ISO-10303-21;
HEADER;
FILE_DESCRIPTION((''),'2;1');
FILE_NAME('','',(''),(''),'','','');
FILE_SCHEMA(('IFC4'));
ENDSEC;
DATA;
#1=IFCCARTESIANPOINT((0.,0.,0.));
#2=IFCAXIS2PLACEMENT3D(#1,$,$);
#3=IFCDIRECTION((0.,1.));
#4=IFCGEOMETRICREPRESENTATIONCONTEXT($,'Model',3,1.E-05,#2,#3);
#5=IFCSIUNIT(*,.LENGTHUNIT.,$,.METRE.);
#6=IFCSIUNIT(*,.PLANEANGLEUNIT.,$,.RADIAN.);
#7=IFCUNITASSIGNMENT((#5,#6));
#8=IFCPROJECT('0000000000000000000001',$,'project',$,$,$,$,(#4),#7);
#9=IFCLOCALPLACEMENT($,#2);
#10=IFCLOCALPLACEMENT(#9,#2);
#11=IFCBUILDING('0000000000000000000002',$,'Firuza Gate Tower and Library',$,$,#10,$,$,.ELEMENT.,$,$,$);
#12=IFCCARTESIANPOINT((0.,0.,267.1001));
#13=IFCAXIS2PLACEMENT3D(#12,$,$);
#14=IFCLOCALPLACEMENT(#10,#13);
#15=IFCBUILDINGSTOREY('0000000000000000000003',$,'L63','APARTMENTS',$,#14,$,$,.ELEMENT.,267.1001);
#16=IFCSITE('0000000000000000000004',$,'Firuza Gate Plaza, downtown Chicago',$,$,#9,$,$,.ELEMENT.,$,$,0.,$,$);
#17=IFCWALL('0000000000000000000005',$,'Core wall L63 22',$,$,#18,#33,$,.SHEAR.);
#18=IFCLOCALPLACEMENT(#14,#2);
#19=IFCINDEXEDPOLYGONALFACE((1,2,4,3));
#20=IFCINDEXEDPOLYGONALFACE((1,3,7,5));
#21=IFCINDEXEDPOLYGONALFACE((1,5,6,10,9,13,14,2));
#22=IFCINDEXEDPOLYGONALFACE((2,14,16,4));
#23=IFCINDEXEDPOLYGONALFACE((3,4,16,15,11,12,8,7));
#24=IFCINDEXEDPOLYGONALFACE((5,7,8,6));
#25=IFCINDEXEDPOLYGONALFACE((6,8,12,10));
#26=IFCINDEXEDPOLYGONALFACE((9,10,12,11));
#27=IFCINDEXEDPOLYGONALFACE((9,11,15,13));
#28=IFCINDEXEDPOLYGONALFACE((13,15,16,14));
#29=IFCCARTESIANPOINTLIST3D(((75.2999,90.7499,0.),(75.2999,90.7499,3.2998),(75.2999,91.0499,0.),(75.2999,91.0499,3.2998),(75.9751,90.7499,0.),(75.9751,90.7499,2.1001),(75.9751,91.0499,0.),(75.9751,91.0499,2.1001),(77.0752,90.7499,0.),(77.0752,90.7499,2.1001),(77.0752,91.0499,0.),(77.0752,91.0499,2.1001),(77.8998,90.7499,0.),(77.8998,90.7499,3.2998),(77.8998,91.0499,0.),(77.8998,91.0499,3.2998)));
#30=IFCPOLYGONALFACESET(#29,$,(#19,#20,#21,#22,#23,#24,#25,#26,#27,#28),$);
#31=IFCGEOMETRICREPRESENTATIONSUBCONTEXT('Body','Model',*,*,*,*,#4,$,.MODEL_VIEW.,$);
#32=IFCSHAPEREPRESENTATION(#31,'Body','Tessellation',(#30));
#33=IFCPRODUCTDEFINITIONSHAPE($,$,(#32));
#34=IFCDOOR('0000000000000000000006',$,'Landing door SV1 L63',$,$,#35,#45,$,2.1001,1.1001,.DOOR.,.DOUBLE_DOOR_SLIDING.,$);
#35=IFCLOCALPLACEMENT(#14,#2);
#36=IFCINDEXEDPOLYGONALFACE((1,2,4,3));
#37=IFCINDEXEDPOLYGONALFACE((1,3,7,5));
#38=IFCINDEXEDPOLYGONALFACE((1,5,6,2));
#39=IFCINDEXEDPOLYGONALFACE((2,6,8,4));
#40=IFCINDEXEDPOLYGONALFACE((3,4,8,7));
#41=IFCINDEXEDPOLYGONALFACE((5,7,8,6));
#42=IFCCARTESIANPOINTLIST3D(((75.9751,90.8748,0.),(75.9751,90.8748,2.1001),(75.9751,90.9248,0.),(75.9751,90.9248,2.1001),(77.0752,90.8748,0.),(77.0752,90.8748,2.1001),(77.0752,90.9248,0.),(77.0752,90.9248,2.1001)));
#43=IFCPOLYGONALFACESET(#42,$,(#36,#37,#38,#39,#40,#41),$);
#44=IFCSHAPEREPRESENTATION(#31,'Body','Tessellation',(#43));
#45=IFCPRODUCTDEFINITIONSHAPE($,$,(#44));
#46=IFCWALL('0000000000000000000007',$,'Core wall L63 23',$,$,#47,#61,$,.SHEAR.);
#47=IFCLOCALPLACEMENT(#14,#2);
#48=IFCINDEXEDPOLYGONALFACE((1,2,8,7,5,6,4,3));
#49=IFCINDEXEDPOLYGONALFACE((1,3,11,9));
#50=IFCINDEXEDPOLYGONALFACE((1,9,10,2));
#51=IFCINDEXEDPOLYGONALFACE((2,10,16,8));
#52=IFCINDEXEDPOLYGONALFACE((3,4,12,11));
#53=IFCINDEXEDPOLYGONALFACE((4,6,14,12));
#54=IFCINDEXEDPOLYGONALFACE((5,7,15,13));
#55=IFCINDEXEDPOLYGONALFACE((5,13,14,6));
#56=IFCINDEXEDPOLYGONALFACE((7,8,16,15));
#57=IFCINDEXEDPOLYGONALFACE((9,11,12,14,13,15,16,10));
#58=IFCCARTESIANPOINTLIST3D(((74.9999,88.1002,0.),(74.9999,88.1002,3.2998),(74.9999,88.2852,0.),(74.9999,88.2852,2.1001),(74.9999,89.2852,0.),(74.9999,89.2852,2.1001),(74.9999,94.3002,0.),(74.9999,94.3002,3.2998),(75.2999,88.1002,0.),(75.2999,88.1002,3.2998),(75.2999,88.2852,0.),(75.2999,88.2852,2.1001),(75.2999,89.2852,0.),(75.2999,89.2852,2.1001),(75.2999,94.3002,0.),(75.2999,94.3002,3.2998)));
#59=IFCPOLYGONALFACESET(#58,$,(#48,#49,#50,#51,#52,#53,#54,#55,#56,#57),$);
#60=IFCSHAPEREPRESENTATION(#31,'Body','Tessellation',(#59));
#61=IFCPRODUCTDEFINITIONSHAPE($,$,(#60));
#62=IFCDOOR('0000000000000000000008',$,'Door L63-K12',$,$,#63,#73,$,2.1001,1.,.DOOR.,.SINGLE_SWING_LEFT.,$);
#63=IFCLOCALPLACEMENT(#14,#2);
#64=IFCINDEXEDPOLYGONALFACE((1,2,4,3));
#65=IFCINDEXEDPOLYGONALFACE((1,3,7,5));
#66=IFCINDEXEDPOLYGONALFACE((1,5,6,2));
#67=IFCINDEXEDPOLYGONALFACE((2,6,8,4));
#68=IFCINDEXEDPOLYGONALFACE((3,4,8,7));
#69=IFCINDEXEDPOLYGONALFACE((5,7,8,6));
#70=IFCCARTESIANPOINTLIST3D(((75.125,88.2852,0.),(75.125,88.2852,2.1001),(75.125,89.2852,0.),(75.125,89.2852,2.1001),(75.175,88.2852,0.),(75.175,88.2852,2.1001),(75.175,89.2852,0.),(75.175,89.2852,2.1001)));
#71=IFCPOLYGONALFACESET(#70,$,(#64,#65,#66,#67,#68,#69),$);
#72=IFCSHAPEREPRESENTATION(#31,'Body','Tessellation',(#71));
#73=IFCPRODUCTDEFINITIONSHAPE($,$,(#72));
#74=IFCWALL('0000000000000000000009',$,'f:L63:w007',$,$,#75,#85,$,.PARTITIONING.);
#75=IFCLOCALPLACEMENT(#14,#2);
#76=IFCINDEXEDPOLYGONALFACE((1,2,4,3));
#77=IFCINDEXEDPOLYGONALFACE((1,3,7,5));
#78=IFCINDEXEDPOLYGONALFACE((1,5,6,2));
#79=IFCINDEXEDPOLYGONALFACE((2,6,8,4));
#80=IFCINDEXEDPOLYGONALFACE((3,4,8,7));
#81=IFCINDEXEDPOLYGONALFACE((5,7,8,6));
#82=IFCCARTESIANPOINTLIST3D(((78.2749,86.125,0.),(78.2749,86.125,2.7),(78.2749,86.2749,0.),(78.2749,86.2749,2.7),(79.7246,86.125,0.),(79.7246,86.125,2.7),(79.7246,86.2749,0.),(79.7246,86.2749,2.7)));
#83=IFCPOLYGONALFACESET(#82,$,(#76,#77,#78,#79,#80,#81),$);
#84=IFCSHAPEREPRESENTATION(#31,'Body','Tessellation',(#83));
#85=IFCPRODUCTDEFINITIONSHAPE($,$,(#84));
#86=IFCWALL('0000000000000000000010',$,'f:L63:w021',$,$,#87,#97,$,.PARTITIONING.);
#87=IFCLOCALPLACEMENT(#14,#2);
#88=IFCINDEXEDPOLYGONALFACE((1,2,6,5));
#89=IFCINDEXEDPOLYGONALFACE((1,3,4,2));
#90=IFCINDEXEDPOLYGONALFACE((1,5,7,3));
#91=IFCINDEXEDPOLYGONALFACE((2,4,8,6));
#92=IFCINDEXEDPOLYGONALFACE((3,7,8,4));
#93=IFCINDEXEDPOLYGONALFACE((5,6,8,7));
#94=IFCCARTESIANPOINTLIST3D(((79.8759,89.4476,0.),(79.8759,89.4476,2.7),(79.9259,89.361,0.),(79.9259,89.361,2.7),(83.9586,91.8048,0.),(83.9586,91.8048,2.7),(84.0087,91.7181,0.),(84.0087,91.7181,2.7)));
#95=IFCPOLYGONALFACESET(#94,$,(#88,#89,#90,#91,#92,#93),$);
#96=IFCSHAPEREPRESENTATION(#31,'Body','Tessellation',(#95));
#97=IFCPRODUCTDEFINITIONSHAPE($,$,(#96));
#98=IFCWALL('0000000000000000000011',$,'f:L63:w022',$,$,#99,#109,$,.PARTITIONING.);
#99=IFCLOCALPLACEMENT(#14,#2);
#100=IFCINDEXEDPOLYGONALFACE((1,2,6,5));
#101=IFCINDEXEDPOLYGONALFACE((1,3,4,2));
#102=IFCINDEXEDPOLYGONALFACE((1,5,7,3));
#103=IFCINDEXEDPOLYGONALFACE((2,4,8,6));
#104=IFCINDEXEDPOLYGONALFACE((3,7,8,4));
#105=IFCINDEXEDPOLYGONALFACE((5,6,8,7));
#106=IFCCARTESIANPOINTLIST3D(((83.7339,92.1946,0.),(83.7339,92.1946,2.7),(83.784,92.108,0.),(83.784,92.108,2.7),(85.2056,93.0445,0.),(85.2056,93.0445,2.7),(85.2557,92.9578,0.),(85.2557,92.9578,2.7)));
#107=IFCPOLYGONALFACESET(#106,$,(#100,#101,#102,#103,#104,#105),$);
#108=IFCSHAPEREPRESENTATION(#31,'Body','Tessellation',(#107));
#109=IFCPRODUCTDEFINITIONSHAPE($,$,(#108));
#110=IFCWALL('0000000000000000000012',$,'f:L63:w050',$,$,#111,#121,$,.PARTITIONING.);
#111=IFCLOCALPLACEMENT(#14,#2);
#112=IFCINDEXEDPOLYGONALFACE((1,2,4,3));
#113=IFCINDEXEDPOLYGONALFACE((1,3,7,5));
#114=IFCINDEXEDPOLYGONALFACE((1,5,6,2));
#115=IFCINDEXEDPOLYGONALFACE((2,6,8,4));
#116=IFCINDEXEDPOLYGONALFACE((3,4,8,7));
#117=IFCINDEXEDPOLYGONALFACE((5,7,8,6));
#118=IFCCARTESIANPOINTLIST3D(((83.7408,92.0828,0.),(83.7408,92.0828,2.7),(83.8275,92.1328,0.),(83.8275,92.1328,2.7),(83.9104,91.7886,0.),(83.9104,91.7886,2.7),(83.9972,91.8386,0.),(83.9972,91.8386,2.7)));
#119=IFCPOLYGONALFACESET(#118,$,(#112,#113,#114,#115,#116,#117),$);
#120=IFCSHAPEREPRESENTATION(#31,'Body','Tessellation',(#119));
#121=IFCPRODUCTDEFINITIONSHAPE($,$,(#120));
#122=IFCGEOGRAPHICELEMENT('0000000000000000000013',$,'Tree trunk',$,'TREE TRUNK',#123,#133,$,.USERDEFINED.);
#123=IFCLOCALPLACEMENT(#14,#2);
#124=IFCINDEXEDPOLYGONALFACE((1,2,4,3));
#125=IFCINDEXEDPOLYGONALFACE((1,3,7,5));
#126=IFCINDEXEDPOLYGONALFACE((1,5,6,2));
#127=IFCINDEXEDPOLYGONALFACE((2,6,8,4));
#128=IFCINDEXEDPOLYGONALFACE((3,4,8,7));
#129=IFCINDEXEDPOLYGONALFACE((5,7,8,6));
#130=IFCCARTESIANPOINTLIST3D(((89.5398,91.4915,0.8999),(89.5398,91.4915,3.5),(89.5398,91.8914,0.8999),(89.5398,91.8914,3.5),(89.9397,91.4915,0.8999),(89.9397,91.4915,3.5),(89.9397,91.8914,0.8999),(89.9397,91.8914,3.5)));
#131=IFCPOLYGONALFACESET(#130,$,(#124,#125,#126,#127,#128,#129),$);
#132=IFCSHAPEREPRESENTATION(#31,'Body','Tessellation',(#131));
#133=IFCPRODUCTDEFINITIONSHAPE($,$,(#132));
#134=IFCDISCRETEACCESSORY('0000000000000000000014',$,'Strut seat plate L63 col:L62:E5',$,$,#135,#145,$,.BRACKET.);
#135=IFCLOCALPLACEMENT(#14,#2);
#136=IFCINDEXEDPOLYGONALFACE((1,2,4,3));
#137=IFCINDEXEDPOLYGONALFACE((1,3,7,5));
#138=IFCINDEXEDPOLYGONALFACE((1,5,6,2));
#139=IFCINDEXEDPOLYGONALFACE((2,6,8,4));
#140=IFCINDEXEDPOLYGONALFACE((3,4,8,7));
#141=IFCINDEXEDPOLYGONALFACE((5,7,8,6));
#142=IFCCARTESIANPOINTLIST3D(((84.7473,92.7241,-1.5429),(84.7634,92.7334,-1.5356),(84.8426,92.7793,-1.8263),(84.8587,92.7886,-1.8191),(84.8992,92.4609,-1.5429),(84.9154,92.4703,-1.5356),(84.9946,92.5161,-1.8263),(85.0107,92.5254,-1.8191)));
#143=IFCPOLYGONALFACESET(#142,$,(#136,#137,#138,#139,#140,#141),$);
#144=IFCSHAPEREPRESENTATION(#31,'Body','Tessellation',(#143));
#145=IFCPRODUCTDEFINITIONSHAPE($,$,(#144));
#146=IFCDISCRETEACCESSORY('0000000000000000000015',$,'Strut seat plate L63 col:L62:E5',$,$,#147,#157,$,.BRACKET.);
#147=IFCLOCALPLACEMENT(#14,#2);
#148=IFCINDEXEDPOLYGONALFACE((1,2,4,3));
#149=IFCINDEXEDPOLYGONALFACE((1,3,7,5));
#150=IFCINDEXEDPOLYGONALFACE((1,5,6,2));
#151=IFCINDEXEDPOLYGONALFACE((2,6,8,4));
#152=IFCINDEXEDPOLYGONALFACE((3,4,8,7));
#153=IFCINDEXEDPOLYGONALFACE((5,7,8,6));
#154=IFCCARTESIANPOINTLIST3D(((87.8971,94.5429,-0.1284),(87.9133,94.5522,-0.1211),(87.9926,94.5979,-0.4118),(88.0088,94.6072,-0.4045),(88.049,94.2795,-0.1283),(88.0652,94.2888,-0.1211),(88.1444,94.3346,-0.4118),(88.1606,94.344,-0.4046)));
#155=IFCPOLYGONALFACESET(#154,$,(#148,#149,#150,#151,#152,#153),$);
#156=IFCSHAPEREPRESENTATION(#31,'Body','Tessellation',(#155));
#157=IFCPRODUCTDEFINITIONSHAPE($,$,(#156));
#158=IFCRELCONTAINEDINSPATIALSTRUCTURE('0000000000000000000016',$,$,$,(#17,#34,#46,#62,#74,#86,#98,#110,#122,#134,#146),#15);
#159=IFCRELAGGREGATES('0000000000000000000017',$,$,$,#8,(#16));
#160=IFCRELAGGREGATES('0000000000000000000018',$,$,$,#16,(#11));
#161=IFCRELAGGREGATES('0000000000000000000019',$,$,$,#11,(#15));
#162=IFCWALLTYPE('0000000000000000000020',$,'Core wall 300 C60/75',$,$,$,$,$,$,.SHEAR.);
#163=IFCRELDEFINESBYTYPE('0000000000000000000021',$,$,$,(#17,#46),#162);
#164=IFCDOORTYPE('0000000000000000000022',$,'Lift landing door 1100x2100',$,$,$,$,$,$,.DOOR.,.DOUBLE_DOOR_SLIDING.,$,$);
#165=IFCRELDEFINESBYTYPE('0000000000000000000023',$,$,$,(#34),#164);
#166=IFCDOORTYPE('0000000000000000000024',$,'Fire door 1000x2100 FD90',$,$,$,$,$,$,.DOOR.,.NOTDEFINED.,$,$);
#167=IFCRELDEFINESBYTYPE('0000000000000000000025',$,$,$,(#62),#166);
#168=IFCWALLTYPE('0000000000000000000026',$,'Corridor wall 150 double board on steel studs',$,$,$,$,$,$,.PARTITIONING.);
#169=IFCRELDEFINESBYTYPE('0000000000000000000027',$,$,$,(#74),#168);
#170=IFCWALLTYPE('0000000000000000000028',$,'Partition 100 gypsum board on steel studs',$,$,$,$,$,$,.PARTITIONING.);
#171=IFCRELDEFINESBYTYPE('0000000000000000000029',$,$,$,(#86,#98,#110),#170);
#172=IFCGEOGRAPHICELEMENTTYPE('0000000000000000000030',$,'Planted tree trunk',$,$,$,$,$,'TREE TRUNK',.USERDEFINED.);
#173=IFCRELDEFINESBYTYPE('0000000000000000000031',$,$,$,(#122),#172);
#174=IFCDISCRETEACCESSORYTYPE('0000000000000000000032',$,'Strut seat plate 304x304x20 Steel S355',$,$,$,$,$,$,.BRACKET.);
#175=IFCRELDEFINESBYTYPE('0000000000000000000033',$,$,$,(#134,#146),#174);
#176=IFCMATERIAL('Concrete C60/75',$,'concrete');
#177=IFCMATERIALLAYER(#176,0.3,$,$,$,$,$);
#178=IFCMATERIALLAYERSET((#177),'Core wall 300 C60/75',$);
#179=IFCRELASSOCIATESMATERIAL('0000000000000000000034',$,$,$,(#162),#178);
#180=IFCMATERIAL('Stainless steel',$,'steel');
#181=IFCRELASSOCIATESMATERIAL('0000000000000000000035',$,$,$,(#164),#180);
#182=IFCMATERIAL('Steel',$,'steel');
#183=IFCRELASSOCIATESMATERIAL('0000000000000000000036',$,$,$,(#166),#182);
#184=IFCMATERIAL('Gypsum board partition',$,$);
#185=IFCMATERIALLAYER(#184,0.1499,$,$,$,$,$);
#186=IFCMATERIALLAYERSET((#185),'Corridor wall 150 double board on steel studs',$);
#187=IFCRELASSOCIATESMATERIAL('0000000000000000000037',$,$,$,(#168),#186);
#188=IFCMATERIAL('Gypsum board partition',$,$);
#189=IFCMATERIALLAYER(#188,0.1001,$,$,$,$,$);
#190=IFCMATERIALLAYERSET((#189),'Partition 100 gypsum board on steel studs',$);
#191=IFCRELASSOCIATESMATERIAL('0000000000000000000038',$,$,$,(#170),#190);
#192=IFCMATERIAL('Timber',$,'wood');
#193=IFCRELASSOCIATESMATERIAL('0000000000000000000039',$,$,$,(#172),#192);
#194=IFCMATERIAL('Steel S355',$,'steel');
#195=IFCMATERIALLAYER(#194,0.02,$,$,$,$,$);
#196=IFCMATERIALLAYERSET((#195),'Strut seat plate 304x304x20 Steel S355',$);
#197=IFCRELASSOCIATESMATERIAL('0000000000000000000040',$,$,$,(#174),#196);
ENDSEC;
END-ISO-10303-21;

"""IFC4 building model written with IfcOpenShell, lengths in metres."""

from ifc_helpers import new_model, si_unit, direction, frame, frame_2d, origin, origin_2d, place, context, subcontext, project, spatial, polyline, rectangle, outline, extrude, material, layer, layer_set, type_object, element, fill, save


model = new_model("IFC4")

# Units and contexts
model_context = context("Model", 3, precision=1e-05, world=origin(), true_north=direction((0.0, 1.0)))
body_context = subcontext(model_context, "Body", "Model", "MODEL_VIEW")
ifc_project = project(units=[si_unit("LENGTHUNIT", "METRE"), si_unit("PLANEANGLEUNIT", "RADIAN")], contexts=[model_context])

# Site, building, storey
site_placement = place(None, origin())
site = spatial("IfcSite", under=ifc_project, at=site_placement, Name="Firuza Gate Plaza, downtown Chicago", CompositionType="ELEMENT", RefElevation=0.0)
building_placement = place(site_placement, origin())
building = spatial("IfcBuilding", under=site, at=building_placement, Name="Firuza Gate Tower and Library", CompositionType="ELEMENT")
storey_placement = place(building_placement, frame((0.0, 0.0, 267.1001)))
storey = spatial("IfcBuildingStorey", under=building, at=storey_placement, Name="L63", Description="APARTMENTS", CompositionType="ELEMENT", Elevation=267.1001)

# Shared definitions
ifc_material_1 = material(Name="Concrete C60/75", Category="concrete")
ifc_layer_1 = layer(ifc_material_1, 0.3)
ifc_layer_set_1 = layer_set([ifc_layer_1], Name="Core wall 300 C60/75")
wall_type_1 = type_object("IfcWallType", Name="Core wall 300 C60/75", PredefinedType="SHEAR", material=ifc_layer_set_1)

# Walls, openings, doors
wall_1_placement = place(storey_placement, frame((75.3, 90.8999, 0.0), z_axis=(0.0, 0.0, 1.0), x_axis=(1.0, 0.0, 0.0)))
wall_1 = element("IfcWall", 1, at=wall_1_placement, inside=storey, type_object=wall_type_1, Name="Core wall L63 22", PredefinedType="SHEAR", context=body_context, shape_type="SweptSolid", body=[
    extrude(rectangle(XDim=2.5999, YDim=0.3, at=frame_2d((1.2998, 0.0))), origin(), (0.0, 0.0, 1.0), 3.2998),
])
opening_1_placement = place(wall_1_placement, frame((0.675, 0.0, 0.0)))
opening_1 = element("IfcOpeningElement", 2, at=opening_1_placement, cuts=wall_1, PredefinedType="OPENING", context=body_context, shape_type="SweptSolid", body=[
    extrude(rectangle(XDim=1.1001, YDim=2.1001, at=frame_2d((0.55, 1.05))), frame((0.0, 0.1602, 0.0), z_axis=(0.0, -1.0, 0.0), x_axis=(1.0, 0.0, 0.0)), (0.0, 0.0, 1.0), 0.3201),
])
ifc_material_2 = material(Name="Stainless steel", Category="steel")
door_type_1 = type_object("IfcDoorType", Name="Lift landing door 1100x2100", OperationType="DOUBLE_DOOR_SLIDING", PredefinedType="DOOR", material=ifc_material_2)
door_1_placement = place(opening_1_placement, origin())
door_1 = element("IfcDoor", 3, at=door_1_placement, inside=storey, type_object=door_type_1, Name="Landing door SV1 L63", OperationType="DOUBLE_DOOR_SLIDING", OverallHeight=2.1001, OverallWidth=1.1001, PredefinedType="DOOR", context=body_context, shape_type="SweptSolid", body=[
    extrude(rectangle(XDim=1.1001, YDim=2.1001, at=frame_2d((0.55, 1.05))), frame((0.0, 0.0249, 0.0), z_axis=(0.0, -1.0, 0.0), x_axis=(1.0, 0.0, 0.0)), (0.0, 0.0, 1.0), 0.05),
])
fill(opening_1, door_1)
wall_2_placement = place(storey_placement, frame((75.1499, 88.1001, 0.0), z_axis=(0.0, 0.0, 1.0), x_axis=(0.0, 1.0, 0.0)))
wall_2 = element("IfcWall", 4, at=wall_2_placement, inside=storey, type_object=wall_type_1, Name="Core wall L63 23", PredefinedType="SHEAR", context=body_context, shape_type="SweptSolid", body=[
    extrude(rectangle(XDim=6.2, YDim=0.3, at=frame_2d((3.1001, 0.0))), origin(), (0.0, 0.0, 1.0), 3.2998),
])
opening_2_placement = place(wall_2_placement, frame((0.1851, 0.0, 0.0)))
opening_2 = element("IfcOpeningElement", 5, at=opening_2_placement, cuts=wall_2, PredefinedType="OPENING", context=body_context, shape_type="SweptSolid", body=[
    extrude(rectangle(XDim=1.0, YDim=2.1001, at=frame_2d((0.5, 1.05))), frame((0.0, 0.1602, 0.0), z_axis=(0.0, -1.0, 0.0), x_axis=(1.0, 0.0, 0.0)), (0.0, 0.0, 1.0), 0.3201),
])
ifc_material_3 = material(Name="Steel", Category="steel")
door_type_2 = type_object("IfcDoorType", Name="Fire door 1000x2100 FD90", OperationType="NOTDEFINED", PredefinedType="DOOR", material=ifc_material_3)
door_2_placement = place(opening_2_placement, origin())
door_2 = element("IfcDoor", 6, at=door_2_placement, inside=storey, type_object=door_type_2, Name="Door L63-K12", OperationType="SINGLE_SWING_LEFT", OverallHeight=2.1001, OverallWidth=1.0, PredefinedType="DOOR", context=body_context, shape_type="SweptSolid", body=[
    extrude(rectangle(XDim=1.0, YDim=2.1001, at=frame_2d((0.5, 1.05))), frame((0.0, 0.0249, 0.0), z_axis=(0.0, -1.0, 0.0), x_axis=(1.0, 0.0, 0.0)), (0.0, 0.0, 1.0), 0.05),
])
fill(opening_2, door_2)

# Walls
ifc_material_4 = material(Name="Gypsum board partition")
ifc_layer_2 = layer(ifc_material_4, 0.1499)
ifc_layer_set_2 = layer_set([ifc_layer_2], Name="Corridor wall 150 double board on steel studs")
wall_type_2 = type_object("IfcWallType", Name="Corridor wall 150 double board on steel studs", PredefinedType="PARTITIONING", material=ifc_layer_set_2)
wall_3_placement = place(storey_placement, frame((78.2749, 86.2, 0.0), z_axis=(0.0, 0.0, 1.0), x_axis=(1.0, 0.0, 0.0)))
element("IfcWall", 7, at=wall_3_placement, inside=storey, type_object=wall_type_2, Name="f:L63:w007", PredefinedType="PARTITIONING", context=body_context, shape_type="SweptSolid", body=[
    extrude(rectangle(XDim=1.4497, YDim=0.1499, at=frame_2d((0.7249, 0.0))), origin(), (0.0, 0.0, 1.0), 2.7),
])
ifc_material_5 = material(Name="Gypsum board partition")
ifc_layer_3 = layer(ifc_material_5, 0.1001)
ifc_layer_set_3 = layer_set([ifc_layer_3], Name="Partition 100 gypsum board on steel studs")
wall_type_3 = type_object("IfcWallType", Name="Partition 100 gypsum board on steel studs", PredefinedType="PARTITIONING", material=ifc_layer_set_3)
wall_4_placement = place(storey_placement, frame((79.9009, 89.4043, 0.0), z_axis=(0.0, 0.0, 1.0), x_axis=(0.866026, 0.499999, 0.0)))
element("IfcWall", 8, at=wall_4_placement, inside=storey, type_object=wall_type_3, Name="f:L63:w021", PredefinedType="PARTITIONING", context=body_context, shape_type="SweptSolid", body=[
    extrude(rectangle(XDim=4.7144, YDim=0.1001, at=frame_2d((2.3572, 0.0))), origin(), (0.0, 0.0, 1.0), 2.7),
])
wall_5_placement = place(storey_placement, frame((83.759, 92.1514, 0.0), z_axis=(0.0, 0.0, 1.0), x_axis=(0.86598, 0.500079, 0.0)))
element("IfcWall", 9, at=wall_5_placement, inside=storey, type_object=wall_type_3, Name="f:L63:w022", PredefinedType="PARTITIONING", context=body_context, shape_type="SweptSolid", body=[
    extrude(rectangle(XDim=1.6995, YDim=0.1001, at=frame_2d((0.8496, 0.0))), origin(), (0.0, 0.0, 1.0), 2.7),
])
wall_6_placement = place(storey_placement, frame((83.9539, 91.8135, 0.0), z_axis=(0.0, 0.0, 1.0), x_axis=(-0.499619, 0.866245, 0.0)))
element("IfcWall", 10, at=wall_6_placement, inside=storey, type_object=wall_type_3, Name="f:L63:w050", PredefinedType="PARTITIONING", context=body_context, shape_type="SweptSolid", body=[
    extrude(rectangle(XDim=0.3396, YDim=0.1001, at=frame_2d((0.1699, 0.0))), origin(), (0.0, 0.0, 1.0), 2.7),
])

# Geographic element
ifc_material_6 = material(Name="Timber", Category="wood")
geographic_element_type = type_object("IfcGeographicElementType", Name="Planted tree trunk", ElementType="TREE TRUNK", PredefinedType="USERDEFINED", material=ifc_material_6)
geographic_element_placement = place(storey_placement, frame((89.7397, 91.6914, 0.8999), z_axis=(0.0, 0.0, 1.0), x_axis=(1.0, 0.0, 0.0)))
element("IfcGeographicElement", 11, at=geographic_element_placement, inside=storey, type_object=geographic_element_type, Name="Tree trunk", ObjectType="TREE TRUNK", PredefinedType="USERDEFINED", context=body_context, shape_type="SweptSolid", body=[
    extrude(rectangle(XDim=0.3999, YDim=0.3999, at=origin_2d()), origin(), (0.0, 0.0, 1.0), 2.6001),
])

# Discrete accessories
ifc_material_7 = material(Name="Steel S355", Category="steel")
ifc_layer_4 = layer(ifc_material_7, 0.02)
ifc_layer_set_4 = layer_set([ifc_layer_4], Name="Strut seat plate 304x304x20 Steel S355")
discrete_accessory_type = type_object("IfcDiscreteAccessoryType", Name="Strut seat plate 304x304x20 Steel S355", PredefinedType="BRACKET", material=ifc_layer_set_4)
discrete_accessory_1_placement = place(storey_placement, frame((84.7634, 92.7334, -1.5356), z_axis=(0.807176, 0.466111, 0.362225), x_axis=(0.500031, -0.866008, 0.000117)))
element("IfcDiscreteAccessory", 12, at=discrete_accessory_1_placement, inside=storey, type_object=discrete_accessory_type, Name="Strut seat plate L63 col:L62:E5", PredefinedType="BRACKET", context=body_context, shape_type="SweptSolid", body=[
    extrude(outline(polyline([(0.0, 0.0), (0.3039, 0.0), (0.3038, 0.3041), (-0.0002, 0.3041), (0.0, 0.0)])), origin(), (0.0, 0.0, -1.0), 0.02),
])
discrete_accessory_2_placement = place(storey_placement, frame((88.0652, 94.2888, -0.1211), z_axis=(0.807389, 0.465643, 0.362353), x_axis=(-0.499572, 0.866272, -0.000068)))
element("IfcDiscreteAccessory", 13, at=discrete_accessory_2_placement, inside=storey, type_object=discrete_accessory_type, Name="Strut seat plate L63 col:L62:E5", PredefinedType="BRACKET", context=body_context, shape_type="SweptSolid", body=[
    extrude(outline(polyline([(0.0, 0.0), (0.3041, 0.0), (0.304, -0.3041), (0.0001, -0.3041), (0.0, 0.0)])), origin(), (0.0, 0.0, -1.0), 0.02),
])

save(model, "model.ifc")
